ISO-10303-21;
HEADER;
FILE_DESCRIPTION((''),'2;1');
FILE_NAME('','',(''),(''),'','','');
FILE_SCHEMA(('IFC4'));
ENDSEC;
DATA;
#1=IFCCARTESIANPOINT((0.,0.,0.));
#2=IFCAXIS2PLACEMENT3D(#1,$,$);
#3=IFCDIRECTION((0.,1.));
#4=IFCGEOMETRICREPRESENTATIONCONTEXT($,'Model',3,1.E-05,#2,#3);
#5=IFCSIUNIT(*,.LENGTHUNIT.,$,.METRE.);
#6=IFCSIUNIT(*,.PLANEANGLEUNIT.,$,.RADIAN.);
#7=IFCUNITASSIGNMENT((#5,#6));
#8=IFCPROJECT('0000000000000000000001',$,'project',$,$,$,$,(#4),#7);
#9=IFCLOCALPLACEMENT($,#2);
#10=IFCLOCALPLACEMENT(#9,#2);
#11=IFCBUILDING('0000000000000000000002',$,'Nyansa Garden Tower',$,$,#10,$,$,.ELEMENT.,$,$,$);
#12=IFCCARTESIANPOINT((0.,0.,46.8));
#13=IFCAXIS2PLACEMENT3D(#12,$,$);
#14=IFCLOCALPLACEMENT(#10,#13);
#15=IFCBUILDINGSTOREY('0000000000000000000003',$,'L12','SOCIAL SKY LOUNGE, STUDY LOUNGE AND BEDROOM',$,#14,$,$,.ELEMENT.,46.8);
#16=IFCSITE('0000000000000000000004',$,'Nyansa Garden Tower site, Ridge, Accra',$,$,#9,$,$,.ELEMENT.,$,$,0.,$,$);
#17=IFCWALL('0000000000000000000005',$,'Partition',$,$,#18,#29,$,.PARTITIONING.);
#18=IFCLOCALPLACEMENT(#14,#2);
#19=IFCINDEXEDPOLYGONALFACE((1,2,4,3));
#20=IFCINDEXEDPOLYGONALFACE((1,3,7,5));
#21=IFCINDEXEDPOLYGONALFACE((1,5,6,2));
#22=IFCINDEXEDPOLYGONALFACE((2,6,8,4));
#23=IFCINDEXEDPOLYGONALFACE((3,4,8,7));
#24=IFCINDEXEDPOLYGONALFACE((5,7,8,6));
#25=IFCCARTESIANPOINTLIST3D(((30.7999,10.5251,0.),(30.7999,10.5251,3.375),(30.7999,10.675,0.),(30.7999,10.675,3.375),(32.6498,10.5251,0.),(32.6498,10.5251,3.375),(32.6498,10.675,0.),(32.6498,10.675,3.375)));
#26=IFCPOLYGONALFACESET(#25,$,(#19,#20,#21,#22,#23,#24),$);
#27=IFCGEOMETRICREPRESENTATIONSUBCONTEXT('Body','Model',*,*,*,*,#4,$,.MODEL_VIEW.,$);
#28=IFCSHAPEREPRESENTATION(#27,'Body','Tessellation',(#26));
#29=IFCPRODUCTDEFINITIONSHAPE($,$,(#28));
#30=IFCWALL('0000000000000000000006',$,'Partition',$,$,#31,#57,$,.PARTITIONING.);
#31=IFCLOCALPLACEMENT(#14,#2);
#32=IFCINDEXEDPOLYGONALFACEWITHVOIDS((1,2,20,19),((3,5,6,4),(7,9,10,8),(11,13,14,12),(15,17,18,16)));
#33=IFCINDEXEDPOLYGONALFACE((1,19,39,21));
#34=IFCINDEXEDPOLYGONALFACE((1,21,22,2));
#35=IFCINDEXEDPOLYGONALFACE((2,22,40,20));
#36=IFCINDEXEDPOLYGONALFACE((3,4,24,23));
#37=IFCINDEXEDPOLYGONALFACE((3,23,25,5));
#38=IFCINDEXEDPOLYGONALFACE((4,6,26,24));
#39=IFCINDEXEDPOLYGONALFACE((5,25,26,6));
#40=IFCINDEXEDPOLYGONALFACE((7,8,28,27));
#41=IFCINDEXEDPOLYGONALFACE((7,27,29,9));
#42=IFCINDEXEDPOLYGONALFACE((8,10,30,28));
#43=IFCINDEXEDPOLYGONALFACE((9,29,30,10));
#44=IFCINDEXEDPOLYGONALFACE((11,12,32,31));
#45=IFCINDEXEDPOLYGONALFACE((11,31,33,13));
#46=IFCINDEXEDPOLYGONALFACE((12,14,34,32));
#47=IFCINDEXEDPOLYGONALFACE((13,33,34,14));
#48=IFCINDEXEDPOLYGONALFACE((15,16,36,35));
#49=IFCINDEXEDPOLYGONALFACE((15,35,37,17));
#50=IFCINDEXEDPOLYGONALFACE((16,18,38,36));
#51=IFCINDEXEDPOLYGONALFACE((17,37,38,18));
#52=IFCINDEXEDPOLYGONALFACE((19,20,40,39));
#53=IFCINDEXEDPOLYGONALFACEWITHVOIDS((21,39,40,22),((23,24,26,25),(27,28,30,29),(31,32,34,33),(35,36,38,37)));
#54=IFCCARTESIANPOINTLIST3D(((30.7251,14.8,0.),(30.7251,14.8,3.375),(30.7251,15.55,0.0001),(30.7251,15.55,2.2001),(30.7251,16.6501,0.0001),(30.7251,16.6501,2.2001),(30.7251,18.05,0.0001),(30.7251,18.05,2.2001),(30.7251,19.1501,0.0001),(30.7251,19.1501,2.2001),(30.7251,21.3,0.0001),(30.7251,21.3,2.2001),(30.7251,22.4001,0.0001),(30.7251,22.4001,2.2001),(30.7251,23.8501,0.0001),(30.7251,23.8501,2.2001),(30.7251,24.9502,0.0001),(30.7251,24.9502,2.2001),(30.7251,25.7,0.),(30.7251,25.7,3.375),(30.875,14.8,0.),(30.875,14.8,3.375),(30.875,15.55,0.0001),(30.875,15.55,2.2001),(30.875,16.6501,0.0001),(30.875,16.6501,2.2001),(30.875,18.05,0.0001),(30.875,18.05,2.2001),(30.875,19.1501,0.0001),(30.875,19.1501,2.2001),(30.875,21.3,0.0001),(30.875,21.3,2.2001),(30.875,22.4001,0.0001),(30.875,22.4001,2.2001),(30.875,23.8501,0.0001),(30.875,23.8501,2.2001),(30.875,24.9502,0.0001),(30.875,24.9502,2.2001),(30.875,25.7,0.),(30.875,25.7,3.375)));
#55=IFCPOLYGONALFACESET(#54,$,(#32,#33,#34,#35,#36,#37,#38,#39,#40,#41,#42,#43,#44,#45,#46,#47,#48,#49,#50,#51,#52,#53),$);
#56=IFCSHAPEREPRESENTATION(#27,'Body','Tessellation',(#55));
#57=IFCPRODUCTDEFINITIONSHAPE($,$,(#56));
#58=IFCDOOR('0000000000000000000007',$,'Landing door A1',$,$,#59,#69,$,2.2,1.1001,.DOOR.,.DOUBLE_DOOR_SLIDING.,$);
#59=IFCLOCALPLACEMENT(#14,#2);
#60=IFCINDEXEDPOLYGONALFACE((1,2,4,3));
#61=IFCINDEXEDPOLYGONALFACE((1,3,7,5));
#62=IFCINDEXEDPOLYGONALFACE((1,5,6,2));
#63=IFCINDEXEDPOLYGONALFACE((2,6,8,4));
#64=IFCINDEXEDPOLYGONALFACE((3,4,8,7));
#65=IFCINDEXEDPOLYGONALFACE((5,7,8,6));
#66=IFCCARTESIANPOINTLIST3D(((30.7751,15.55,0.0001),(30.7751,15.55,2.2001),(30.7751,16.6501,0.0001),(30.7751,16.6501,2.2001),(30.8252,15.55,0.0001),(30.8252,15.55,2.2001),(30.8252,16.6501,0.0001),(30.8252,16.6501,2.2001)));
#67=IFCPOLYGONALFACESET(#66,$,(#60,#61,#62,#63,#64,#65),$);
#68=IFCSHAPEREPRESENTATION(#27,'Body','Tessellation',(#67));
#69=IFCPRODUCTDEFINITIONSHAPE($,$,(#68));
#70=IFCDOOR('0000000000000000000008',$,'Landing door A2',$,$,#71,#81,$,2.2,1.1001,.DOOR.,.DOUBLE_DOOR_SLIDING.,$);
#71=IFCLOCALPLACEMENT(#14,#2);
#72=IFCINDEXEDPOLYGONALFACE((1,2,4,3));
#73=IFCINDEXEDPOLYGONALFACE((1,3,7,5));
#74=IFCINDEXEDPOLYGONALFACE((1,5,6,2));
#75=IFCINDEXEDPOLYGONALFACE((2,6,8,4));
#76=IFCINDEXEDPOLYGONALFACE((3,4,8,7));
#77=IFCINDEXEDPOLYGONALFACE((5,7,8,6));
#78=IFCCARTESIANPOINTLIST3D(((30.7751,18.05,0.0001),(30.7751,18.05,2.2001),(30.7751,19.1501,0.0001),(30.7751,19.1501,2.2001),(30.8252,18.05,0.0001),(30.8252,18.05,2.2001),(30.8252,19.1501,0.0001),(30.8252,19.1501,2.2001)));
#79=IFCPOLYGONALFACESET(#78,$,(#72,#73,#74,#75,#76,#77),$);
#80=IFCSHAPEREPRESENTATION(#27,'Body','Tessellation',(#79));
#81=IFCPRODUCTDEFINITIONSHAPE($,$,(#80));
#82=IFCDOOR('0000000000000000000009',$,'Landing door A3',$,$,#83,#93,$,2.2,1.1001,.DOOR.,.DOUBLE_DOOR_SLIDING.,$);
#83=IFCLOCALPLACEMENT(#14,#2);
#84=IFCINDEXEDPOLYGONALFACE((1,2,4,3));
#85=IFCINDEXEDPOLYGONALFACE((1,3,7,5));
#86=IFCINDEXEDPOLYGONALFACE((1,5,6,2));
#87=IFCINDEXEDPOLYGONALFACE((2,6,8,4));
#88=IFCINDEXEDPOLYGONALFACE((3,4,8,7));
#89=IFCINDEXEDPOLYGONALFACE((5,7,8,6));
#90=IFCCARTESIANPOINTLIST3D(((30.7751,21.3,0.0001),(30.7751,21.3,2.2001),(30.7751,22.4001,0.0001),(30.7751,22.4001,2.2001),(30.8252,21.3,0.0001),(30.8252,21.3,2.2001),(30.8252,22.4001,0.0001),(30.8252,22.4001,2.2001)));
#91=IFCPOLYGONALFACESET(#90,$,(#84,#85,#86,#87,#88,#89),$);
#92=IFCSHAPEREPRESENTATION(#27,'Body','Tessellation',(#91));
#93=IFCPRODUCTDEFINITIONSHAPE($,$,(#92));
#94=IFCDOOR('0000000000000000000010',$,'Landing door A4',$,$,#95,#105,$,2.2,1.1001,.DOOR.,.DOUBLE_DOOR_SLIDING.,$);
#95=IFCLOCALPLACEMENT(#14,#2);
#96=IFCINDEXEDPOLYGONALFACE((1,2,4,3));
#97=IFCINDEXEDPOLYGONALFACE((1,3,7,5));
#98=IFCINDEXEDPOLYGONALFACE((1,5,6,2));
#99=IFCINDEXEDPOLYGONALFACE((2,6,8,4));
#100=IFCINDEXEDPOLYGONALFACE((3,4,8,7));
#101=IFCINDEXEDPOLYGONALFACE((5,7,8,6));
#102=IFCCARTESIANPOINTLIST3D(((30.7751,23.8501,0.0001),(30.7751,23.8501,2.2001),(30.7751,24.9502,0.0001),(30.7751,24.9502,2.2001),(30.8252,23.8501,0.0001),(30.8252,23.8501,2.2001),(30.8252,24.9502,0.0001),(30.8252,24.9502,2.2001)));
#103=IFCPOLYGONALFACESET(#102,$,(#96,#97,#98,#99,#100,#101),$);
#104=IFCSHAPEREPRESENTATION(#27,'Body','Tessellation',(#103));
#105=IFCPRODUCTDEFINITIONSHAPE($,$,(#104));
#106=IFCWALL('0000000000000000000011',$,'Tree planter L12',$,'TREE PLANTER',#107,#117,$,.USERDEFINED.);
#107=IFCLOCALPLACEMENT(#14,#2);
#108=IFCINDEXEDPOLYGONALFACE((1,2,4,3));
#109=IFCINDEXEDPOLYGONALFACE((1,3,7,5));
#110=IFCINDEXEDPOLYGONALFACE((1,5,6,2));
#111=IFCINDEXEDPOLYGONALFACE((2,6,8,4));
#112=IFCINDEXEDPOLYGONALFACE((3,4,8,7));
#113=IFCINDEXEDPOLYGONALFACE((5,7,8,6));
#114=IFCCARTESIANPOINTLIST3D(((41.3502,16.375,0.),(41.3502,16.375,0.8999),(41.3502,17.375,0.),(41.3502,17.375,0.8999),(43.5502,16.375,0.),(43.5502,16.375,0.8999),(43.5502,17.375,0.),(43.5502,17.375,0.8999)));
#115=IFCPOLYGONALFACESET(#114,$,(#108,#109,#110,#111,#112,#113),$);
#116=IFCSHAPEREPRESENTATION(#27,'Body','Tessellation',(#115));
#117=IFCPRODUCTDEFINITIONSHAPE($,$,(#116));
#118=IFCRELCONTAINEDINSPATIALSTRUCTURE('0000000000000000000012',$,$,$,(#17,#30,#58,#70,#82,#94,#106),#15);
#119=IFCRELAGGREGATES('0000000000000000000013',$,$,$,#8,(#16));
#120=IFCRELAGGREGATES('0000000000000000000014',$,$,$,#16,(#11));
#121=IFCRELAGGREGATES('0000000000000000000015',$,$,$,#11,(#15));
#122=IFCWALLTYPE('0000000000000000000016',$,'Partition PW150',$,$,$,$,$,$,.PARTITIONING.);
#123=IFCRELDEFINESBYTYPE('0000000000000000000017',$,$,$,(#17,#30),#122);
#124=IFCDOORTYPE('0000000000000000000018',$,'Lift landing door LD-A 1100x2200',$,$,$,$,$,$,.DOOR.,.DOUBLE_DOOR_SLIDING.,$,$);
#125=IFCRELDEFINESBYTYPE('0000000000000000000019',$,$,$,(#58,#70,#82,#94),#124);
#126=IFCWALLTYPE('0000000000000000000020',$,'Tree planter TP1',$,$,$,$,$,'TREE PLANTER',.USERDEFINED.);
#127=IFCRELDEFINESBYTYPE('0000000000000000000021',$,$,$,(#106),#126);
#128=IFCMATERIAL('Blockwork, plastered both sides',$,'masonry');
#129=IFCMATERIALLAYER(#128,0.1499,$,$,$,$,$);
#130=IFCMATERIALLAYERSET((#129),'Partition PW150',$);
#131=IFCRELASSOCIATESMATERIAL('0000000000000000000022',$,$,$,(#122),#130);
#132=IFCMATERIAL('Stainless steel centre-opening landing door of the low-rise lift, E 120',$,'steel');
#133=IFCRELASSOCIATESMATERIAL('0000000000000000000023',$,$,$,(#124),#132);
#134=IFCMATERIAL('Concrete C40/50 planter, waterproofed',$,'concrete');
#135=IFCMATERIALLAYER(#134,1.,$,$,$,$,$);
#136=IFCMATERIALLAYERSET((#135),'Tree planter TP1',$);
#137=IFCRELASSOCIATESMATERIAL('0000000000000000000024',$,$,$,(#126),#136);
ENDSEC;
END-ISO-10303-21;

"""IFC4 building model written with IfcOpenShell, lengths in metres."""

from ifc_helpers import new_model, si_unit, direction, frame, frame_2d, origin, place, context, subcontext, project, spatial, rectangle, extrude, material, layer, layer_set, type_object, element, fill, save


model = new_model("IFC4")

# Units and contexts
model_context = context("Model", 3, precision=1e-05, world=origin(), true_north=direction((0.0, 1.0)))
body_context = subcontext(model_context, "Body", "Model", "MODEL_VIEW")
ifc_project = project(units=[si_unit("LENGTHUNIT", "METRE"), si_unit("PLANEANGLEUNIT", "RADIAN")], contexts=[model_context])

# Site, building, storey
site_placement = place(None, origin())
site = spatial("IfcSite", under=ifc_project, at=site_placement, Name="Nyansa Garden Tower site, Ridge, Accra", CompositionType="ELEMENT", RefElevation=0.0)
building_placement = place(site_placement, origin())
building = spatial("IfcBuilding", under=site, at=building_placement, Name="Nyansa Garden Tower", CompositionType="ELEMENT")
storey_placement = place(building_placement, frame((0.0, 0.0, 46.8)))
storey = spatial("IfcBuildingStorey", under=building, at=storey_placement, Name="L12", Description="SOCIAL SKY LOUNGE, STUDY LOUNGE AND BEDROOM", CompositionType="ELEMENT", Elevation=46.8)

# Shared definitions
ifc_material_1 = material(Name="Blockwork, plastered both sides", Category="masonry")
ifc_layer_1 = layer(ifc_material_1, 0.1499)
ifc_layer_set_1 = layer_set([ifc_layer_1], Name="Partition PW150")
wall_type_1 = type_object("IfcWallType", Name="Partition PW150", PredefinedType="PARTITIONING", material=ifc_layer_set_1)

# Wall
wall_1_placement = place(storey_placement, frame((30.8, 10.6001, 0.0), z_axis=(0.0, 0.0, 1.0), x_axis=(1.0, 0.0, 0.0)))
element("IfcWall", 1, at=wall_1_placement, inside=storey, type_object=wall_type_1, Name="Partition", PredefinedType="PARTITIONING", context=body_context, shape_type="SweptSolid", body=[
    extrude(rectangle(XDim=1.8499, YDim=0.1499, at=frame_2d((0.9248, 0.0))), origin(), (0.0, 0.0, 1.0), 3.375),
])

# Wall, openings, doors
wall_2_placement = place(storey_placement, frame((30.8, 14.8, 0.0), z_axis=(0.0, 0.0, 1.0), x_axis=(0.0, 1.0, 0.0)))
wall_2 = element("IfcWall", 2, at=wall_2_placement, inside=storey, type_object=wall_type_1, Name="Partition", PredefinedType="PARTITIONING", context=body_context, shape_type="SweptSolid", body=[
    extrude(rectangle(XDim=10.8999, YDim=0.1499, at=frame_2d((5.45, 0.0))), origin(), (0.0, 0.0, 1.0), 3.375),
])
opening_1_placement = place(wall_2_placement, frame((0.75, 0.0, 0.0)))
opening_1 = element("IfcOpeningElement", 3, at=opening_1_placement, cuts=wall_2, PredefinedType="OPENING", context=body_context, shape_type="SweptSolid", body=[
    extrude(rectangle(XDim=1.1001, YDim=2.2, at=frame_2d((0.55, 1.1001))), frame((0.0, 0.085, 0.0), z_axis=(0.0, -1.0, 0.0), x_axis=(1.0, 0.0, 0.0)), (0.0, 0.0, 1.0), 0.1699),
])
opening_2_placement = place(wall_2_placement, frame((3.25, 0.0, 0.0)))
opening_2 = element("IfcOpeningElement", 4, at=opening_2_placement, cuts=wall_2, PredefinedType="OPENING", context=body_context, shape_type="SweptSolid", body=[
    extrude(rectangle(XDim=1.1001, YDim=2.2, at=frame_2d((0.55, 1.1001))), frame((0.0, 0.085, 0.0), z_axis=(0.0, -1.0, 0.0), x_axis=(1.0, 0.0, 0.0)), (0.0, 0.0, 1.0), 0.1699),
])
opening_3_placement = place(wall_2_placement, frame((6.5, 0.0, 0.0)))
opening_3 = element("IfcOpeningElement", 5, at=opening_3_placement, cuts=wall_2, PredefinedType="OPENING", context=body_context, shape_type="SweptSolid", body=[
    extrude(rectangle(XDim=1.1001, YDim=2.2, at=frame_2d((0.55, 1.1001))), frame((0.0, 0.085, 0.0), z_axis=(0.0, -1.0, 0.0), x_axis=(1.0, 0.0, 0.0)), (0.0, 0.0, 1.0), 0.1699),
])
opening_4_placement = place(wall_2_placement, frame((9.05, 0.0, 0.0)))
opening_4 = element("IfcOpeningElement", 6, at=opening_4_placement, cuts=wall_2, PredefinedType="OPENING", context=body_context, shape_type="SweptSolid", body=[
    extrude(rectangle(XDim=1.1001, YDim=2.2, at=frame_2d((0.55, 1.1001))), frame((0.0, 0.085, 0.0), z_axis=(0.0, -1.0, 0.0), x_axis=(1.0, 0.0, 0.0)), (0.0, 0.0, 1.0), 0.1699),
])
ifc_material_2 = material(Name="Stainless steel centre-opening landing door of the low-rise lift, E 120", Category="steel")
door_type_1 = type_object("IfcDoorType", Name="Lift landing door LD-A 1100x2200", OperationType="DOUBLE_DOOR_SLIDING", PredefinedType="DOOR", material=ifc_material_2)
door_1_placement = place(opening_1_placement, origin())
door_1 = element("IfcDoor", 7, at=door_1_placement, inside=storey, type_object=door_type_1, Name="Landing door A1", OperationType="DOUBLE_DOOR_SLIDING", OverallHeight=2.2, OverallWidth=1.1001, PredefinedType="DOOR", context=body_context, shape_type="SweptSolid", body=[
    extrude(rectangle(XDim=1.1001, YDim=2.2, at=frame_2d((0.55, 1.1001))), frame((0.0, 0.0249, 0.0), z_axis=(0.0, -1.0, 0.0), x_axis=(1.0, 0.0, 0.0)), (0.0, 0.0, 1.0), 0.05),
])
fill(opening_1, door_1)
door_2_placement = place(opening_2_placement, origin())
door_2 = element("IfcDoor", 8, at=door_2_placement, inside=storey, type_object=door_type_1, Name="Landing door A2", OperationType="DOUBLE_DOOR_SLIDING", OverallHeight=2.2, OverallWidth=1.1001, PredefinedType="DOOR", context=body_context, shape_type="SweptSolid", body=[
    extrude(rectangle(XDim=1.1001, YDim=2.2, at=frame_2d((0.55, 1.1001))), frame((0.0, 0.0249, 0.0), z_axis=(0.0, -1.0, 0.0), x_axis=(1.0, 0.0, 0.0)), (0.0, 0.0, 1.0), 0.05),
])
fill(opening_2, door_2)
door_3_placement = place(opening_3_placement, origin())
door_3 = element("IfcDoor", 9, at=door_3_placement, inside=storey, type_object=door_type_1, Name="Landing door A3", OperationType="DOUBLE_DOOR_SLIDING", OverallHeight=2.2, OverallWidth=1.1001, PredefinedType="DOOR", context=body_context, shape_type="SweptSolid", body=[
    extrude(rectangle(XDim=1.1001, YDim=2.2, at=frame_2d((0.55, 1.1001))), frame((0.0, 0.0249, 0.0), z_axis=(0.0, -1.0, 0.0), x_axis=(1.0, 0.0, 0.0)), (0.0, 0.0, 1.0), 0.05),
])
fill(opening_3, door_3)
door_4_placement = place(opening_4_placement, origin())
door_4 = element("IfcDoor", 10, at=door_4_placement, inside=storey, type_object=door_type_1, Name="Landing door A4", OperationType="DOUBLE_DOOR_SLIDING", OverallHeight=2.2, OverallWidth=1.1001, PredefinedType="DOOR", context=body_context, shape_type="SweptSolid", body=[
    extrude(rectangle(XDim=1.1001, YDim=2.2, at=frame_2d((0.55, 1.1001))), frame((0.0, 0.0249, 0.0), z_axis=(0.0, -1.0, 0.0), x_axis=(1.0, 0.0, 0.0)), (0.0, 0.0, 1.0), 0.05),
])
fill(opening_4, door_4)

# Wall
ifc_material_3 = material(Name="Concrete C40/50 planter, waterproofed", Category="concrete")
ifc_layer_2 = layer(ifc_material_3, 1.0)
ifc_layer_set_2 = layer_set([ifc_layer_2], Name="Tree planter TP1")
wall_type_2 = type_object("IfcWallType", Name="Tree planter TP1", ElementType="TREE PLANTER", PredefinedType="USERDEFINED", material=ifc_layer_set_2)
wall_3_placement = place(storey_placement, frame((41.3501, 16.875, 0.0), z_axis=(0.0, 0.0, 1.0), x_axis=(1.0, 0.0, 0.0)))
element("IfcWall", 11, at=wall_3_placement, inside=storey, type_object=wall_type_2, Name="Tree planter L12", ObjectType="TREE PLANTER", PredefinedType="USERDEFINED", context=body_context, shape_type="SweptSolid", body=[
    extrude(rectangle(XDim=2.2, YDim=1.0, at=frame_2d((1.1001, 0.0))), origin(), (0.0, 0.0, 1.0), 0.8999),
])

save(model, "model.ifc")
